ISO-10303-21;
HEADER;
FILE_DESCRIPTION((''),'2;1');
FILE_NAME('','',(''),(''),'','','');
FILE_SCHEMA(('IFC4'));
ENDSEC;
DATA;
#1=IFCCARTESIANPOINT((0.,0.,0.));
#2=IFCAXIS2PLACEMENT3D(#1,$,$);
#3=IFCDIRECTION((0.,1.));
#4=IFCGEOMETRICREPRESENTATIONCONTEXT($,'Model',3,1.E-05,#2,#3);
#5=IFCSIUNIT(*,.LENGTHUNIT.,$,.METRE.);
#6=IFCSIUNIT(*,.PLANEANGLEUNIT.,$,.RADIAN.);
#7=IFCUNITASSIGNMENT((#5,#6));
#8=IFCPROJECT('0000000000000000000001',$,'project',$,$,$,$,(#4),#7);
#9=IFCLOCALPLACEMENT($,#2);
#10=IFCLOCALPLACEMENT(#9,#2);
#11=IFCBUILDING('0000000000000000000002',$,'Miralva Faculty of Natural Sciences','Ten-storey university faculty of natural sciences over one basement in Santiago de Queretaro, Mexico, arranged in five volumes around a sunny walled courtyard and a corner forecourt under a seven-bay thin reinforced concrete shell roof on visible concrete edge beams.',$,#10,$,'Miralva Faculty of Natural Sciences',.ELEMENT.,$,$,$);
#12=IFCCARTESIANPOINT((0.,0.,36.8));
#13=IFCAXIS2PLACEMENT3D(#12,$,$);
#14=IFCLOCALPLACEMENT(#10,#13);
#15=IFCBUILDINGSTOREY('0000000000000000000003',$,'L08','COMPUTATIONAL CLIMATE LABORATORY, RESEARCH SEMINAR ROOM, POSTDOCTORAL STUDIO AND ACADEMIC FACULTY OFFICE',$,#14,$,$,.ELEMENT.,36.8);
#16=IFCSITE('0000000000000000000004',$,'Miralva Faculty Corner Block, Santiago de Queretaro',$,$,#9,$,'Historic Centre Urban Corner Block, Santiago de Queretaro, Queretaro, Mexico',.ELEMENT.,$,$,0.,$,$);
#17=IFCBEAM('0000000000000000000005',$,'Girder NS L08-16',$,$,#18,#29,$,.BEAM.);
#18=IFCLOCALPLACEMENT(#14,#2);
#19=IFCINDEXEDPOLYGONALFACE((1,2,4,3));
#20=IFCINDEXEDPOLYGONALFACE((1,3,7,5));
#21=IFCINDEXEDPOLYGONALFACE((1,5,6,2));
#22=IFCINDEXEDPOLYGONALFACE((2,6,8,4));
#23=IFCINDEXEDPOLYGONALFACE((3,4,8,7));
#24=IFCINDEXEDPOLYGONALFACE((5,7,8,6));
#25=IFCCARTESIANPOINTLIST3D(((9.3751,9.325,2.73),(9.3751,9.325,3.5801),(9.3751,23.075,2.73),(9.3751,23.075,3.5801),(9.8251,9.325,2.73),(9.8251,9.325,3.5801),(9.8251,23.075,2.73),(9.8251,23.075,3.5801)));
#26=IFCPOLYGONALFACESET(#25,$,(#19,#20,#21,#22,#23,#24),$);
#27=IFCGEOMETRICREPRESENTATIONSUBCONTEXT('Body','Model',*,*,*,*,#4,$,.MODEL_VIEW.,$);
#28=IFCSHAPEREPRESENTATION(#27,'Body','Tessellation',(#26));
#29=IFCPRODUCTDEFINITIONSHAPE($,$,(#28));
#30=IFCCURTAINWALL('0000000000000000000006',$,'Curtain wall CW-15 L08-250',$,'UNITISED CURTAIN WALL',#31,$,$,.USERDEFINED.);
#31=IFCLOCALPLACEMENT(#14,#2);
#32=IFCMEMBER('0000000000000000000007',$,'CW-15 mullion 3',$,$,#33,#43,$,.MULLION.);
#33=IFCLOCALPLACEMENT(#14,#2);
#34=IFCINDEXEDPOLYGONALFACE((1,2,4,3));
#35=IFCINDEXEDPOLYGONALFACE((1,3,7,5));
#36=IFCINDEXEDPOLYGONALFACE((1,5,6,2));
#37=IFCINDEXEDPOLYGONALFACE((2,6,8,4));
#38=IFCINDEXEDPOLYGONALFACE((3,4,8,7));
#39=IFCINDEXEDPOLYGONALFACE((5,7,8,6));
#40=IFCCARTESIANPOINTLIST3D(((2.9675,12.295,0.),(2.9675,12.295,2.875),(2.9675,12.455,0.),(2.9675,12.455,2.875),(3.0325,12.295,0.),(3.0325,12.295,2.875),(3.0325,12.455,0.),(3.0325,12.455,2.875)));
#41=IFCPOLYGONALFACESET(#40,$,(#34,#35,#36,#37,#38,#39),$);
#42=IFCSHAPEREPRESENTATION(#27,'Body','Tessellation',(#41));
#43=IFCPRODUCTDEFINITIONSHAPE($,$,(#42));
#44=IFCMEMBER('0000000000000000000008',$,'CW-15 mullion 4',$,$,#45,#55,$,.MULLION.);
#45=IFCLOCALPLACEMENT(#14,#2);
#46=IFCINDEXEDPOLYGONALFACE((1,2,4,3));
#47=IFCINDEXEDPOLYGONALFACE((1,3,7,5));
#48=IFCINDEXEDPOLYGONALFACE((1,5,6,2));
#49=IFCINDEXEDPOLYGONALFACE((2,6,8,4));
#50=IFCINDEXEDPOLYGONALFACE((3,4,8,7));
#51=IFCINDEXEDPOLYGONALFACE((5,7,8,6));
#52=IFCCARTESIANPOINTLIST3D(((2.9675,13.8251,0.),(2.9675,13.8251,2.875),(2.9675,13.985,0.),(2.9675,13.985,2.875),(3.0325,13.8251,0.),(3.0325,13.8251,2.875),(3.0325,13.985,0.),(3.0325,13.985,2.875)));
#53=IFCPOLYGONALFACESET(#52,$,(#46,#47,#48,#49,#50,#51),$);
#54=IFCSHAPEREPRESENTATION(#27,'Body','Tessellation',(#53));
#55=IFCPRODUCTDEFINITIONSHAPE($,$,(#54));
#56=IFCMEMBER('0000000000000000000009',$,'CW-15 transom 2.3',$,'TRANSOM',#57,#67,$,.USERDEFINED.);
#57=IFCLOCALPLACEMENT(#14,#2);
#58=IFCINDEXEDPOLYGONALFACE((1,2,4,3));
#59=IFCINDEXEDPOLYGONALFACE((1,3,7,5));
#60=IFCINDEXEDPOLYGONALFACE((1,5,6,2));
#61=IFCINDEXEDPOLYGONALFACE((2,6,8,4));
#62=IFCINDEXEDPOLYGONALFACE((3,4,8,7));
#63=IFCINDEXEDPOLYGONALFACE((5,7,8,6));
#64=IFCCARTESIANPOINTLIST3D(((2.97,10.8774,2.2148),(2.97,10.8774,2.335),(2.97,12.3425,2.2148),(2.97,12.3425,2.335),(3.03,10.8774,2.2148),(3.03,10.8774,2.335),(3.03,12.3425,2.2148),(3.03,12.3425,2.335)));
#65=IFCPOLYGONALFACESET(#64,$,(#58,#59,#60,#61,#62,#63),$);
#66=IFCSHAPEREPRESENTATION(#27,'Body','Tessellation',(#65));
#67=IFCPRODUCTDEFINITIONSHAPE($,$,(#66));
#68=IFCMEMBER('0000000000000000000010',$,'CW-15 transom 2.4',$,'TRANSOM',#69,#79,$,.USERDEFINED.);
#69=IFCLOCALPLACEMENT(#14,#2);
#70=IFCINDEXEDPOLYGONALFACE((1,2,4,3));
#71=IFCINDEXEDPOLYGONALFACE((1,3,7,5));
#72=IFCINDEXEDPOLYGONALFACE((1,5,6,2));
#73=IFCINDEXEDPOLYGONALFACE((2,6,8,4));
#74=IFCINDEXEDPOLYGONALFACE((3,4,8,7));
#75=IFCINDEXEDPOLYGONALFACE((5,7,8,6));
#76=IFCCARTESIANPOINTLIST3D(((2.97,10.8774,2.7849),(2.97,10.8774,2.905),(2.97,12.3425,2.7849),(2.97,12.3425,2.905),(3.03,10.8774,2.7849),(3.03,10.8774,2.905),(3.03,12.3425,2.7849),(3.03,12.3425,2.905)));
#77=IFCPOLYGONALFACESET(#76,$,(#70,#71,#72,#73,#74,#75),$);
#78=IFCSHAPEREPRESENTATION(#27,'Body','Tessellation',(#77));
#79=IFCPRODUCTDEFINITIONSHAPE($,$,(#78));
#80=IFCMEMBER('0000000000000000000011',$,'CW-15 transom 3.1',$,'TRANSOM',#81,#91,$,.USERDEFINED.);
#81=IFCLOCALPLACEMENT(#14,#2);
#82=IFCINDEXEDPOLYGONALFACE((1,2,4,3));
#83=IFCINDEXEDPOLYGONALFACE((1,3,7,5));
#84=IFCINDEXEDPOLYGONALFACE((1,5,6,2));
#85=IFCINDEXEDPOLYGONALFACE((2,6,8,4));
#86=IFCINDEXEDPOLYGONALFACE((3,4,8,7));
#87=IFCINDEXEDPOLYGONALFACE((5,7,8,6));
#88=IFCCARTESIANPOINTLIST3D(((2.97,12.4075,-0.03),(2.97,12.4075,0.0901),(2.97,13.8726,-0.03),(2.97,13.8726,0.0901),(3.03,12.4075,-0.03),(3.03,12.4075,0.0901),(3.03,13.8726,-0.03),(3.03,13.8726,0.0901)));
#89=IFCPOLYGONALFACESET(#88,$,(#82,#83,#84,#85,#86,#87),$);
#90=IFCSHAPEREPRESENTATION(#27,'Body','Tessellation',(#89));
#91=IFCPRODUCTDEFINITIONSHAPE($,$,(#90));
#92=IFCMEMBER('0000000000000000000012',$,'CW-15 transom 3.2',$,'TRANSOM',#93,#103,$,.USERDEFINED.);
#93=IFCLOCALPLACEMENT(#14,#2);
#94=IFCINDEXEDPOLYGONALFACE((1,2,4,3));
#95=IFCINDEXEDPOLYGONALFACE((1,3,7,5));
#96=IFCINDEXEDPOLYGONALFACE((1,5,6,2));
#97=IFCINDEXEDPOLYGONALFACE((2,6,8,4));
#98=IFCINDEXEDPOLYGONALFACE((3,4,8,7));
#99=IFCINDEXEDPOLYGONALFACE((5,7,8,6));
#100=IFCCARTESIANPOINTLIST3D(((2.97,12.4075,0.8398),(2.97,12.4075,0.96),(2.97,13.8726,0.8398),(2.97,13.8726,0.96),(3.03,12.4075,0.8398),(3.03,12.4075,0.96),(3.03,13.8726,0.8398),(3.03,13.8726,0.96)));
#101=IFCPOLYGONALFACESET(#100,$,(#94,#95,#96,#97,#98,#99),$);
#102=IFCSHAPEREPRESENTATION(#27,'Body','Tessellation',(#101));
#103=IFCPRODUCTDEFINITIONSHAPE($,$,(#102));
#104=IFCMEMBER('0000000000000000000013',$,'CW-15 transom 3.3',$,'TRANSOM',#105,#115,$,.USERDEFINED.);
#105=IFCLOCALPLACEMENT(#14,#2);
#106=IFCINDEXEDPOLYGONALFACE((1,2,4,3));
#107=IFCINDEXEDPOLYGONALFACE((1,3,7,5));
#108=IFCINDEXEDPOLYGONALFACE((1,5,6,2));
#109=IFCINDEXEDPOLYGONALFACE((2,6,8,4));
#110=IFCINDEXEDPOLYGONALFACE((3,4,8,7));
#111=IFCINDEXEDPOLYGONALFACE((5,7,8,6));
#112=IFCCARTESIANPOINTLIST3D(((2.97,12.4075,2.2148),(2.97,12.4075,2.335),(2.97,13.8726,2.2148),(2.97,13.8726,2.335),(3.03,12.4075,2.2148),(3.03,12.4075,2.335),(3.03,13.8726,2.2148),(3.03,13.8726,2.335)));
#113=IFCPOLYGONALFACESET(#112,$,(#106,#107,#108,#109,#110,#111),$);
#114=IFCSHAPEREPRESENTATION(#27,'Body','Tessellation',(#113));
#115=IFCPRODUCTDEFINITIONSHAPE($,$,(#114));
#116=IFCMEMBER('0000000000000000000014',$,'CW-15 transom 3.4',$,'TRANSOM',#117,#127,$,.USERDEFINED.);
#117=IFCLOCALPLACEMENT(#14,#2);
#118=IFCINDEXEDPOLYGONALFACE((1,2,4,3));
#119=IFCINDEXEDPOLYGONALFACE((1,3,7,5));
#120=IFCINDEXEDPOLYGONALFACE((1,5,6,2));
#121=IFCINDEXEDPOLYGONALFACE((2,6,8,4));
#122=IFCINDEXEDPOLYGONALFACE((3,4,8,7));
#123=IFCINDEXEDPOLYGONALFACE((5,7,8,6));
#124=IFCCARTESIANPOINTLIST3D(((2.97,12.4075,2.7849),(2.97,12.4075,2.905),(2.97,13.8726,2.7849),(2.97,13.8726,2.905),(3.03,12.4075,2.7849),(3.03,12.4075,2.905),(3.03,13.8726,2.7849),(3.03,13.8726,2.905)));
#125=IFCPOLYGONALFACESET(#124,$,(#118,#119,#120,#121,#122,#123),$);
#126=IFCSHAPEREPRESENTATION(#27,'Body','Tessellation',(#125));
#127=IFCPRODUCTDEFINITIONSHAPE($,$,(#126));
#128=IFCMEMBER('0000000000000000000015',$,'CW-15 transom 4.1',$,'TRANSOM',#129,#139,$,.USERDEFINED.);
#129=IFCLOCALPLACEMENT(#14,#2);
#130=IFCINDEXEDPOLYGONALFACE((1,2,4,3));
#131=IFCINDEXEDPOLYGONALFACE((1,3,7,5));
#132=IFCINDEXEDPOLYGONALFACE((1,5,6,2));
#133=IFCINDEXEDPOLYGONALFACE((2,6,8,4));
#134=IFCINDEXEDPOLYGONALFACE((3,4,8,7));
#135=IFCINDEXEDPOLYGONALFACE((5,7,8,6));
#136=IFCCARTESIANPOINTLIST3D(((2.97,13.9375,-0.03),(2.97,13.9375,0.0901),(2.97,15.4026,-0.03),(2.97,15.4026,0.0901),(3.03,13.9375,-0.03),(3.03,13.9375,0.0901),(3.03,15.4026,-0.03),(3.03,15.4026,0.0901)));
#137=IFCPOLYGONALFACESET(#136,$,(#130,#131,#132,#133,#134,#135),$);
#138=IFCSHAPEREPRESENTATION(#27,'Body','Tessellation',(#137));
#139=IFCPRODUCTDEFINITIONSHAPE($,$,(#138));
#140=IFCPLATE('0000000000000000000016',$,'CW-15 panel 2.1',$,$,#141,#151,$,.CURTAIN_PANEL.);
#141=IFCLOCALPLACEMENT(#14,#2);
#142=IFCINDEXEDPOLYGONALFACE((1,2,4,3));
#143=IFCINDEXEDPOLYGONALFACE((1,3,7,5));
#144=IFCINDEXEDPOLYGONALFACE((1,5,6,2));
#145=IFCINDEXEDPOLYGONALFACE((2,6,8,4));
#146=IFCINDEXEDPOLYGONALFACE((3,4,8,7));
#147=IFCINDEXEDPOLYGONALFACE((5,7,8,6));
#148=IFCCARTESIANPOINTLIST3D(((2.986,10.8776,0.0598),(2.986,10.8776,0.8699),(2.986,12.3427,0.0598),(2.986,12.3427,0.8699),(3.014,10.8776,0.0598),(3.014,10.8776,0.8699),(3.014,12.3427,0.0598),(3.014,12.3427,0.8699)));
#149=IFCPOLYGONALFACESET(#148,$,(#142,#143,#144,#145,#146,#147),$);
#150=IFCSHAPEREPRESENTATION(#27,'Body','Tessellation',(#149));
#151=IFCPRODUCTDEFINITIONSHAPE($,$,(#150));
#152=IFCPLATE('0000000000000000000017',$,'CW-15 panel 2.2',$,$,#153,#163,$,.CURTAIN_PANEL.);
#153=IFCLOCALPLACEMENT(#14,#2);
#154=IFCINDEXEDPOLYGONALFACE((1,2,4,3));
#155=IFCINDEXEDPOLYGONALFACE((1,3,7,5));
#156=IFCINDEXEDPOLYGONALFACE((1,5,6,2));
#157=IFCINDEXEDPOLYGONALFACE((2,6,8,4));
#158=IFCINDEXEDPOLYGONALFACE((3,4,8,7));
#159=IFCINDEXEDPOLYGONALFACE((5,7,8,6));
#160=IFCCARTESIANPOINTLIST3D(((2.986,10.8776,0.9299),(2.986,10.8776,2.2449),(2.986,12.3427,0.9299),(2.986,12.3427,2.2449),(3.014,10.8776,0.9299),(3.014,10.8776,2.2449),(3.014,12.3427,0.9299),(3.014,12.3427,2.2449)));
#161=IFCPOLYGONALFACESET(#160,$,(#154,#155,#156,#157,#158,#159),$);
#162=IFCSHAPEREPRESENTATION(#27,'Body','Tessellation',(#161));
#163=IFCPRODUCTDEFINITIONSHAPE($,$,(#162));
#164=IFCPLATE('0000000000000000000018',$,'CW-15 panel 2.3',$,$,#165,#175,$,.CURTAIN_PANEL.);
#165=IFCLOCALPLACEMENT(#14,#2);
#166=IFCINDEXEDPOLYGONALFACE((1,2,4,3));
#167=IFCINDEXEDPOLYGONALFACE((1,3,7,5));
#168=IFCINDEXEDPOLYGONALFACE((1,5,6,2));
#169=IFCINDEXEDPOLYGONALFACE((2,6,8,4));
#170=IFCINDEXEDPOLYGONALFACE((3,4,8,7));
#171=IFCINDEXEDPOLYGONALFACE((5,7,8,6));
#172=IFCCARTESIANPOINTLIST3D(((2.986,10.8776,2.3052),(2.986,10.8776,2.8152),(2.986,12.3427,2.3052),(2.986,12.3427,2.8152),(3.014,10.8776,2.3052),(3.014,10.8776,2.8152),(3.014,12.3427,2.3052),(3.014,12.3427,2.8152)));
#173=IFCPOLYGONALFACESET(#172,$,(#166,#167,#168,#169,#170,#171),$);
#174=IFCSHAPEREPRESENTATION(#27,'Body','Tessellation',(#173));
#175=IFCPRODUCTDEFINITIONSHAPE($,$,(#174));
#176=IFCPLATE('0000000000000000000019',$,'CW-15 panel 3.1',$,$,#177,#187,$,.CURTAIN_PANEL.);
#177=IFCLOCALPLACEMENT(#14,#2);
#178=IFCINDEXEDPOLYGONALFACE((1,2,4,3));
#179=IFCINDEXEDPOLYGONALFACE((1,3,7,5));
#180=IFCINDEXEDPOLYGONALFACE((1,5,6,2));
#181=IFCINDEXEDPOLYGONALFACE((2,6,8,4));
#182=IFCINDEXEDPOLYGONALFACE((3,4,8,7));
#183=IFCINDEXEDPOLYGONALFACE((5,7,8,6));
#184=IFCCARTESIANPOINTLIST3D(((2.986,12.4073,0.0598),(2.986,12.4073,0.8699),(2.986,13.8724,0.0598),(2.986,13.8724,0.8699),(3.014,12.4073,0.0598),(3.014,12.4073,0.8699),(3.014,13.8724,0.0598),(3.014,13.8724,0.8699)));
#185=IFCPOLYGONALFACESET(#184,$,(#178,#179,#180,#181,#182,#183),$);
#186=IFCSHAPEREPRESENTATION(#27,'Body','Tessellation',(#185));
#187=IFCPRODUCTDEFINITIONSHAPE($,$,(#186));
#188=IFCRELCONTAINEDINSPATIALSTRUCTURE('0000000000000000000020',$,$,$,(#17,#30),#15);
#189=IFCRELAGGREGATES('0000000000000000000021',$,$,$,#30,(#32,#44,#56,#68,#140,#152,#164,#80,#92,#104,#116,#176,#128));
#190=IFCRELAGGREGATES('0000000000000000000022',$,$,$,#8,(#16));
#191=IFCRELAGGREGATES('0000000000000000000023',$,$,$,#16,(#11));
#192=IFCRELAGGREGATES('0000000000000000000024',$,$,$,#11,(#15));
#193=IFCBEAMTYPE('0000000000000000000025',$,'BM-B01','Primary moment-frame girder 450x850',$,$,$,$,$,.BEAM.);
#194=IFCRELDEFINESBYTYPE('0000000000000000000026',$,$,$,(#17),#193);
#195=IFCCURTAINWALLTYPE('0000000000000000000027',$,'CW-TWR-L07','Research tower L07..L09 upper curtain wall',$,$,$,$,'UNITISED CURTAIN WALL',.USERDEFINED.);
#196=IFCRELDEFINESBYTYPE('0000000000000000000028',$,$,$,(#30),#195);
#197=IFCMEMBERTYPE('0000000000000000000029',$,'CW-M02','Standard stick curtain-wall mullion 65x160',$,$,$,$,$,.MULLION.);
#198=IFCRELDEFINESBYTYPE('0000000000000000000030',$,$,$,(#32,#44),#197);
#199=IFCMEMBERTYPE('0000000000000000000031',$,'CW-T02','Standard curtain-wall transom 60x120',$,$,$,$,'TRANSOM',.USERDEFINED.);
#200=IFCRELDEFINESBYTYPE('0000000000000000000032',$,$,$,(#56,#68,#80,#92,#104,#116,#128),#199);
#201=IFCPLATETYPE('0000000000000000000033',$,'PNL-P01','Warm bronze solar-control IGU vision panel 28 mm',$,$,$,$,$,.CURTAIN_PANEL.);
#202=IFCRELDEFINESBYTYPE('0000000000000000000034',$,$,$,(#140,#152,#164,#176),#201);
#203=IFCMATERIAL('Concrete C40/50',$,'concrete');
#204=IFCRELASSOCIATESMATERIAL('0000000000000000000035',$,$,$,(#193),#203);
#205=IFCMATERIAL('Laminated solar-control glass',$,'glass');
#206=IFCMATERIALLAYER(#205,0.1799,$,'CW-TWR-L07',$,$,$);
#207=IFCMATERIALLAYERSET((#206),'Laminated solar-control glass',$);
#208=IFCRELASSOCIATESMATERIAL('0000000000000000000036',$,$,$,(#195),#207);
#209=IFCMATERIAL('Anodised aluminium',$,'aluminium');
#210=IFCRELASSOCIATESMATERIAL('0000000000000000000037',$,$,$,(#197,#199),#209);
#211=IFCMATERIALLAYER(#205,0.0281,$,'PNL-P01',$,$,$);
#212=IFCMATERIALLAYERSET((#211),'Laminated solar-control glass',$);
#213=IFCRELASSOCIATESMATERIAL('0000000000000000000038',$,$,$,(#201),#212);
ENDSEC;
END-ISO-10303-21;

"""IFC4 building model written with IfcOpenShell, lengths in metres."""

from ifc_helpers import new_model, si_unit, direction, frame, origin, origin_2d, place, context, subcontext, project, spatial, rectangle, extrude, material, layer, layer_set, material_profile, profile_set, type_object, element, aggregate, save


model = new_model("IFC4")

# Units and contexts
model_context = context("Model", 3, precision=1e-05, world=origin(), true_north=direction((0.0, 1.0)))
body_context = subcontext(model_context, "Body", "Model", "MODEL_VIEW")
ifc_project = project(units=[si_unit("LENGTHUNIT", "METRE"), si_unit("PLANEANGLEUNIT", "RADIAN")], contexts=[model_context])

# Site, building, storey
site_placement = place(None, origin())
site = spatial("IfcSite", under=ifc_project, at=site_placement, Name="Miralva Faculty Corner Block, Santiago de Queretaro", LongName="Historic Centre Urban Corner Block, Santiago de Queretaro, Queretaro, Mexico", CompositionType="ELEMENT", RefElevation=0.0)
building_placement = place(site_placement, origin())
building = spatial("IfcBuilding", under=site, at=building_placement, Name="Miralva Faculty of Natural Sciences", Description="Ten-storey university faculty of natural sciences over one basement in Santiago de Queretaro, Mexico, arranged in five volumes around a sunny walled courtyard and a corner forecourt under a seven-bay thin reinforced concrete shell roof on visible concrete edge beams.", LongName="Miralva Faculty of Natural Sciences", CompositionType="ELEMENT")
storey_placement = place(building_placement, frame((0.0, 0.0, 36.8)))
storey = spatial("IfcBuildingStorey", under=building, at=storey_placement, Name="L08", Description="COMPUTATIONAL CLIMATE LABORATORY, RESEARCH SEMINAR ROOM, POSTDOCTORAL STUDIO AND ACADEMIC FACULTY OFFICE", CompositionType="ELEMENT", Elevation=36.8)

# Beam
ifc_material_1 = material(Name="Concrete C40/50", Category="concrete")
ifc_material_profile_1 = material_profile(ifc_material_1, rectangle(XDim=0.45, YDim=0.8501, at=origin_2d()), Name="RC 450x850")
ifc_profile_set_1 = profile_set([ifc_material_profile_1], Name="Concrete C40/50")
beam_type = type_object("IfcBeamType", Name="BM-B01", Description="Primary moment-frame girder 450x850", PredefinedType="BEAM", material=ifc_profile_set_1)
beam_placement = place(storey_placement, frame((9.6001, 9.325, 3.155), z_axis=(0.0, 1.0, 0.0), x_axis=(-1.0, 0.0, 0.0)))
element("IfcBeam", 1, at=beam_placement, inside=storey, type_object=beam_type, Name="Girder NS L08-16", PredefinedType="BEAM", context=body_context, shape_type="SweptSolid", body=[
    extrude(rectangle(XDim=0.45, YDim=0.8501, at=origin_2d()), origin(), (0.0, 0.0, 1.0), 13.75),
])

# Curtain wall, members, plates
ifc_material_2 = material(Name="Laminated solar-control glass", Category="glass")
ifc_layer_1 = layer(ifc_material_2, 0.1799, Name="CW-TWR-L07")
ifc_layer_set_1 = layer_set([ifc_layer_1], Name="Laminated solar-control glass")
curtain_wall_type = type_object("IfcCurtainWallType", Name="CW-TWR-L07", Description="Research tower L07..L09 upper curtain wall", ElementType="UNITISED CURTAIN WALL", PredefinedType="USERDEFINED", material=ifc_layer_set_1)
curtain_wall_placement = place(storey_placement, origin())
curtain_wall = element("IfcCurtainWall", 2, at=curtain_wall_placement, inside=storey, type_object=curtain_wall_type, Name="Curtain wall CW-15 L08-250", ObjectType="UNITISED CURTAIN WALL", PredefinedType="USERDEFINED")
ifc_material_3 = material(Name="Anodised aluminium", Category="aluminium")
ifc_material_profile_2 = material_profile(ifc_material_3, rectangle(XDim=0.0649, YDim=0.1599, at=origin_2d()), Name="MULLION 65x160")
ifc_profile_set_2 = profile_set([ifc_material_profile_2], Name="Anodised aluminium")
member_type_1 = type_object("IfcMemberType", Name="CW-M02", Description="Standard stick curtain-wall mullion 65x160", PredefinedType="MULLION", material=ifc_profile_set_2)
member_1_placement = place(storey_placement, frame((3.0, 12.375, 0.0), z_axis=(0.0, 0.0, 1.0), x_axis=(-1.0, 0.0, 0.0)))
member_1 = element("IfcMember", 3, at=member_1_placement, type_object=member_type_1, Name="CW-15 mullion 3", PredefinedType="MULLION", context=body_context, shape_type="SweptSolid", body=[
    extrude(rectangle(XDim=0.0649, YDim=0.1599, at=origin_2d()), origin(), (0.0, 0.0, 1.0), 2.875),
])
member_2_placement = place(storey_placement, frame((3.0, 13.905, 0.0), z_axis=(0.0, 0.0, 1.0), x_axis=(-1.0, 0.0, 0.0)))
member_2 = element("IfcMember", 4, at=member_2_placement, type_object=member_type_1, Name="CW-15 mullion 4", PredefinedType="MULLION", context=body_context, shape_type="SweptSolid", body=[
    extrude(rectangle(XDim=0.0649, YDim=0.1599, at=origin_2d()), origin(), (0.0, 0.0, 1.0), 2.875),
])
ifc_material_profile_3 = material_profile(ifc_material_3, rectangle(XDim=0.0601, YDim=0.1201, at=origin_2d()), Name="TRANSOM 60x120")
ifc_profile_set_3 = profile_set([ifc_material_profile_3], Name="Anodised aluminium")
member_type_2 = type_object("IfcMemberType", Name="CW-T02", Description="Standard curtain-wall transom 60x120", ElementType="TRANSOM", PredefinedType="USERDEFINED", material=ifc_profile_set_3)
member_3_placement = place(storey_placement, frame((3.0, 10.8774, 2.2749), z_axis=(0.0, 1.0, 0.0), x_axis=(-1.0, 0.0, 0.0)))
member_3 = element("IfcMember", 5, at=member_3_placement, type_object=member_type_2, Name="CW-15 transom 2.3", ObjectType="TRANSOM", PredefinedType="USERDEFINED", context=body_context, shape_type="SweptSolid", body=[
    extrude(rectangle(XDim=0.0601, YDim=0.1201, at=origin_2d()), origin(), (0.0, 0.0, 1.0), 1.4651),
])
member_4_placement = place(storey_placement, frame((3.0, 10.8774, 2.845), z_axis=(0.0, 1.0, 0.0), x_axis=(-1.0, 0.0, 0.0)))
member_4 = element("IfcMember", 6, at=member_4_placement, type_object=member_type_2, Name="CW-15 transom 2.4", ObjectType="TRANSOM", PredefinedType="USERDEFINED", context=body_context, shape_type="SweptSolid", body=[
    extrude(rectangle(XDim=0.0601, YDim=0.1201, at=origin_2d()), origin(), (0.0, 0.0, 1.0), 1.4651),
])
member_5_placement = place(storey_placement, frame((3.0, 12.4075, 0.03), z_axis=(0.0, 1.0, 0.0), x_axis=(-1.0, 0.0, 0.0)))
member_5 = element("IfcMember", 7, at=member_5_placement, type_object=member_type_2, Name="CW-15 transom 3.1", ObjectType="TRANSOM", PredefinedType="USERDEFINED", context=body_context, shape_type="SweptSolid", body=[
    extrude(rectangle(XDim=0.0601, YDim=0.1201, at=origin_2d()), origin(), (0.0, 0.0, 1.0), 1.4651),
])
member_6_placement = place(storey_placement, frame((3.0, 12.4075, 0.8999), z_axis=(0.0, 1.0, 0.0), x_axis=(-1.0, 0.0, 0.0)))
member_6 = element("IfcMember", 8, at=member_6_placement, type_object=member_type_2, Name="CW-15 transom 3.2", ObjectType="TRANSOM", PredefinedType="USERDEFINED", context=body_context, shape_type="SweptSolid", body=[
    extrude(rectangle(XDim=0.0601, YDim=0.1201, at=origin_2d()), origin(), (0.0, 0.0, 1.0), 1.4651),
])
member_7_placement = place(storey_placement, frame((3.0, 12.4075, 2.2749), z_axis=(0.0, 1.0, 0.0), x_axis=(-1.0, 0.0, 0.0)))
member_7 = element("IfcMember", 9, at=member_7_placement, type_object=member_type_2, Name="CW-15 transom 3.3", ObjectType="TRANSOM", PredefinedType="USERDEFINED", context=body_context, shape_type="SweptSolid", body=[
    extrude(rectangle(XDim=0.0601, YDim=0.1201, at=origin_2d()), origin(), (0.0, 0.0, 1.0), 1.4651),
])
member_8_placement = place(storey_placement, frame((3.0, 12.4075, 2.845), z_axis=(0.0, 1.0, 0.0), x_axis=(-1.0, 0.0, 0.0)))
member_8 = element("IfcMember", 10, at=member_8_placement, type_object=member_type_2, Name="CW-15 transom 3.4", ObjectType="TRANSOM", PredefinedType="USERDEFINED", context=body_context, shape_type="SweptSolid", body=[
    extrude(rectangle(XDim=0.0601, YDim=0.1201, at=origin_2d()), origin(), (0.0, 0.0, 1.0), 1.4651),
])
member_9_placement = place(storey_placement, frame((3.0, 13.9375, 0.03), z_axis=(0.0, 1.0, 0.0), x_axis=(-1.0, 0.0, 0.0)))
member_9 = element("IfcMember", 11, at=member_9_placement, type_object=member_type_2, Name="CW-15 transom 4.1", ObjectType="TRANSOM", PredefinedType="USERDEFINED", context=body_context, shape_type="SweptSolid", body=[
    extrude(rectangle(XDim=0.0601, YDim=0.1201, at=origin_2d()), origin(), (0.0, 0.0, 1.0), 1.4651),
])
ifc_layer_2 = layer(ifc_material_2, 0.0281, Name="PNL-P01")
ifc_layer_set_2 = layer_set([ifc_layer_2], Name="Laminated solar-control glass")
plate_type = type_object("IfcPlateType", Name="PNL-P01", Description="Warm bronze solar-control IGU vision panel 28 mm", PredefinedType="CURTAIN_PANEL", material=ifc_layer_set_2)
plate_1_placement = place(storey_placement, frame((3.0, 11.6101, 0.0598), z_axis=(0.0, 0.0, 1.0), x_axis=(0.0, 1.0, 0.0)))
plate_1 = element("IfcPlate", 12, at=plate_1_placement, type_object=plate_type, Name="CW-15 panel 2.1", PredefinedType="CURTAIN_PANEL", context=body_context, shape_type="SweptSolid", body=[
    extrude(rectangle(XDim=1.4651, YDim=0.0281, at=origin_2d()), origin(), (0.0, 0.0, 1.0), 0.8101),
])
plate_2_placement = place(storey_placement, frame((3.0, 11.6101, 0.9299), z_axis=(0.0, 0.0, 1.0), x_axis=(0.0, 1.0, 0.0)))
plate_2 = element("IfcPlate", 13, at=plate_2_placement, type_object=plate_type, Name="CW-15 panel 2.2", PredefinedType="CURTAIN_PANEL", context=body_context, shape_type="SweptSolid", body=[
    extrude(rectangle(XDim=1.4651, YDim=0.0281, at=origin_2d()), origin(), (0.0, 0.0, 1.0), 1.3149),
])
plate_3_placement = place(storey_placement, frame((3.0, 11.6101, 2.3052), z_axis=(0.0, 0.0, 1.0), x_axis=(0.0, 1.0, 0.0)))
plate_3 = element("IfcPlate", 14, at=plate_3_placement, type_object=plate_type, Name="CW-15 panel 2.3", PredefinedType="CURTAIN_PANEL", context=body_context, shape_type="SweptSolid", body=[
    extrude(rectangle(XDim=1.4651, YDim=0.0281, at=origin_2d()), origin(), (0.0, 0.0, 1.0), 0.51),
])
plate_4_placement = place(storey_placement, frame((3.0, 13.1399, 0.0598), z_axis=(0.0, 0.0, 1.0), x_axis=(0.0, 1.0, 0.0)))
plate_4 = element("IfcPlate", 15, at=plate_4_placement, type_object=plate_type, Name="CW-15 panel 3.1", PredefinedType="CURTAIN_PANEL", context=body_context, shape_type="SweptSolid", body=[
    extrude(rectangle(XDim=1.4651, YDim=0.0281, at=origin_2d()), origin(), (0.0, 0.0, 1.0), 0.8101),
])
aggregate(curtain_wall, [member_1, member_2, member_3, member_4, plate_1, plate_2, plate_3, member_5, member_6, member_7, member_8, plate_4, member_9])

save(model, "model.ifc")
